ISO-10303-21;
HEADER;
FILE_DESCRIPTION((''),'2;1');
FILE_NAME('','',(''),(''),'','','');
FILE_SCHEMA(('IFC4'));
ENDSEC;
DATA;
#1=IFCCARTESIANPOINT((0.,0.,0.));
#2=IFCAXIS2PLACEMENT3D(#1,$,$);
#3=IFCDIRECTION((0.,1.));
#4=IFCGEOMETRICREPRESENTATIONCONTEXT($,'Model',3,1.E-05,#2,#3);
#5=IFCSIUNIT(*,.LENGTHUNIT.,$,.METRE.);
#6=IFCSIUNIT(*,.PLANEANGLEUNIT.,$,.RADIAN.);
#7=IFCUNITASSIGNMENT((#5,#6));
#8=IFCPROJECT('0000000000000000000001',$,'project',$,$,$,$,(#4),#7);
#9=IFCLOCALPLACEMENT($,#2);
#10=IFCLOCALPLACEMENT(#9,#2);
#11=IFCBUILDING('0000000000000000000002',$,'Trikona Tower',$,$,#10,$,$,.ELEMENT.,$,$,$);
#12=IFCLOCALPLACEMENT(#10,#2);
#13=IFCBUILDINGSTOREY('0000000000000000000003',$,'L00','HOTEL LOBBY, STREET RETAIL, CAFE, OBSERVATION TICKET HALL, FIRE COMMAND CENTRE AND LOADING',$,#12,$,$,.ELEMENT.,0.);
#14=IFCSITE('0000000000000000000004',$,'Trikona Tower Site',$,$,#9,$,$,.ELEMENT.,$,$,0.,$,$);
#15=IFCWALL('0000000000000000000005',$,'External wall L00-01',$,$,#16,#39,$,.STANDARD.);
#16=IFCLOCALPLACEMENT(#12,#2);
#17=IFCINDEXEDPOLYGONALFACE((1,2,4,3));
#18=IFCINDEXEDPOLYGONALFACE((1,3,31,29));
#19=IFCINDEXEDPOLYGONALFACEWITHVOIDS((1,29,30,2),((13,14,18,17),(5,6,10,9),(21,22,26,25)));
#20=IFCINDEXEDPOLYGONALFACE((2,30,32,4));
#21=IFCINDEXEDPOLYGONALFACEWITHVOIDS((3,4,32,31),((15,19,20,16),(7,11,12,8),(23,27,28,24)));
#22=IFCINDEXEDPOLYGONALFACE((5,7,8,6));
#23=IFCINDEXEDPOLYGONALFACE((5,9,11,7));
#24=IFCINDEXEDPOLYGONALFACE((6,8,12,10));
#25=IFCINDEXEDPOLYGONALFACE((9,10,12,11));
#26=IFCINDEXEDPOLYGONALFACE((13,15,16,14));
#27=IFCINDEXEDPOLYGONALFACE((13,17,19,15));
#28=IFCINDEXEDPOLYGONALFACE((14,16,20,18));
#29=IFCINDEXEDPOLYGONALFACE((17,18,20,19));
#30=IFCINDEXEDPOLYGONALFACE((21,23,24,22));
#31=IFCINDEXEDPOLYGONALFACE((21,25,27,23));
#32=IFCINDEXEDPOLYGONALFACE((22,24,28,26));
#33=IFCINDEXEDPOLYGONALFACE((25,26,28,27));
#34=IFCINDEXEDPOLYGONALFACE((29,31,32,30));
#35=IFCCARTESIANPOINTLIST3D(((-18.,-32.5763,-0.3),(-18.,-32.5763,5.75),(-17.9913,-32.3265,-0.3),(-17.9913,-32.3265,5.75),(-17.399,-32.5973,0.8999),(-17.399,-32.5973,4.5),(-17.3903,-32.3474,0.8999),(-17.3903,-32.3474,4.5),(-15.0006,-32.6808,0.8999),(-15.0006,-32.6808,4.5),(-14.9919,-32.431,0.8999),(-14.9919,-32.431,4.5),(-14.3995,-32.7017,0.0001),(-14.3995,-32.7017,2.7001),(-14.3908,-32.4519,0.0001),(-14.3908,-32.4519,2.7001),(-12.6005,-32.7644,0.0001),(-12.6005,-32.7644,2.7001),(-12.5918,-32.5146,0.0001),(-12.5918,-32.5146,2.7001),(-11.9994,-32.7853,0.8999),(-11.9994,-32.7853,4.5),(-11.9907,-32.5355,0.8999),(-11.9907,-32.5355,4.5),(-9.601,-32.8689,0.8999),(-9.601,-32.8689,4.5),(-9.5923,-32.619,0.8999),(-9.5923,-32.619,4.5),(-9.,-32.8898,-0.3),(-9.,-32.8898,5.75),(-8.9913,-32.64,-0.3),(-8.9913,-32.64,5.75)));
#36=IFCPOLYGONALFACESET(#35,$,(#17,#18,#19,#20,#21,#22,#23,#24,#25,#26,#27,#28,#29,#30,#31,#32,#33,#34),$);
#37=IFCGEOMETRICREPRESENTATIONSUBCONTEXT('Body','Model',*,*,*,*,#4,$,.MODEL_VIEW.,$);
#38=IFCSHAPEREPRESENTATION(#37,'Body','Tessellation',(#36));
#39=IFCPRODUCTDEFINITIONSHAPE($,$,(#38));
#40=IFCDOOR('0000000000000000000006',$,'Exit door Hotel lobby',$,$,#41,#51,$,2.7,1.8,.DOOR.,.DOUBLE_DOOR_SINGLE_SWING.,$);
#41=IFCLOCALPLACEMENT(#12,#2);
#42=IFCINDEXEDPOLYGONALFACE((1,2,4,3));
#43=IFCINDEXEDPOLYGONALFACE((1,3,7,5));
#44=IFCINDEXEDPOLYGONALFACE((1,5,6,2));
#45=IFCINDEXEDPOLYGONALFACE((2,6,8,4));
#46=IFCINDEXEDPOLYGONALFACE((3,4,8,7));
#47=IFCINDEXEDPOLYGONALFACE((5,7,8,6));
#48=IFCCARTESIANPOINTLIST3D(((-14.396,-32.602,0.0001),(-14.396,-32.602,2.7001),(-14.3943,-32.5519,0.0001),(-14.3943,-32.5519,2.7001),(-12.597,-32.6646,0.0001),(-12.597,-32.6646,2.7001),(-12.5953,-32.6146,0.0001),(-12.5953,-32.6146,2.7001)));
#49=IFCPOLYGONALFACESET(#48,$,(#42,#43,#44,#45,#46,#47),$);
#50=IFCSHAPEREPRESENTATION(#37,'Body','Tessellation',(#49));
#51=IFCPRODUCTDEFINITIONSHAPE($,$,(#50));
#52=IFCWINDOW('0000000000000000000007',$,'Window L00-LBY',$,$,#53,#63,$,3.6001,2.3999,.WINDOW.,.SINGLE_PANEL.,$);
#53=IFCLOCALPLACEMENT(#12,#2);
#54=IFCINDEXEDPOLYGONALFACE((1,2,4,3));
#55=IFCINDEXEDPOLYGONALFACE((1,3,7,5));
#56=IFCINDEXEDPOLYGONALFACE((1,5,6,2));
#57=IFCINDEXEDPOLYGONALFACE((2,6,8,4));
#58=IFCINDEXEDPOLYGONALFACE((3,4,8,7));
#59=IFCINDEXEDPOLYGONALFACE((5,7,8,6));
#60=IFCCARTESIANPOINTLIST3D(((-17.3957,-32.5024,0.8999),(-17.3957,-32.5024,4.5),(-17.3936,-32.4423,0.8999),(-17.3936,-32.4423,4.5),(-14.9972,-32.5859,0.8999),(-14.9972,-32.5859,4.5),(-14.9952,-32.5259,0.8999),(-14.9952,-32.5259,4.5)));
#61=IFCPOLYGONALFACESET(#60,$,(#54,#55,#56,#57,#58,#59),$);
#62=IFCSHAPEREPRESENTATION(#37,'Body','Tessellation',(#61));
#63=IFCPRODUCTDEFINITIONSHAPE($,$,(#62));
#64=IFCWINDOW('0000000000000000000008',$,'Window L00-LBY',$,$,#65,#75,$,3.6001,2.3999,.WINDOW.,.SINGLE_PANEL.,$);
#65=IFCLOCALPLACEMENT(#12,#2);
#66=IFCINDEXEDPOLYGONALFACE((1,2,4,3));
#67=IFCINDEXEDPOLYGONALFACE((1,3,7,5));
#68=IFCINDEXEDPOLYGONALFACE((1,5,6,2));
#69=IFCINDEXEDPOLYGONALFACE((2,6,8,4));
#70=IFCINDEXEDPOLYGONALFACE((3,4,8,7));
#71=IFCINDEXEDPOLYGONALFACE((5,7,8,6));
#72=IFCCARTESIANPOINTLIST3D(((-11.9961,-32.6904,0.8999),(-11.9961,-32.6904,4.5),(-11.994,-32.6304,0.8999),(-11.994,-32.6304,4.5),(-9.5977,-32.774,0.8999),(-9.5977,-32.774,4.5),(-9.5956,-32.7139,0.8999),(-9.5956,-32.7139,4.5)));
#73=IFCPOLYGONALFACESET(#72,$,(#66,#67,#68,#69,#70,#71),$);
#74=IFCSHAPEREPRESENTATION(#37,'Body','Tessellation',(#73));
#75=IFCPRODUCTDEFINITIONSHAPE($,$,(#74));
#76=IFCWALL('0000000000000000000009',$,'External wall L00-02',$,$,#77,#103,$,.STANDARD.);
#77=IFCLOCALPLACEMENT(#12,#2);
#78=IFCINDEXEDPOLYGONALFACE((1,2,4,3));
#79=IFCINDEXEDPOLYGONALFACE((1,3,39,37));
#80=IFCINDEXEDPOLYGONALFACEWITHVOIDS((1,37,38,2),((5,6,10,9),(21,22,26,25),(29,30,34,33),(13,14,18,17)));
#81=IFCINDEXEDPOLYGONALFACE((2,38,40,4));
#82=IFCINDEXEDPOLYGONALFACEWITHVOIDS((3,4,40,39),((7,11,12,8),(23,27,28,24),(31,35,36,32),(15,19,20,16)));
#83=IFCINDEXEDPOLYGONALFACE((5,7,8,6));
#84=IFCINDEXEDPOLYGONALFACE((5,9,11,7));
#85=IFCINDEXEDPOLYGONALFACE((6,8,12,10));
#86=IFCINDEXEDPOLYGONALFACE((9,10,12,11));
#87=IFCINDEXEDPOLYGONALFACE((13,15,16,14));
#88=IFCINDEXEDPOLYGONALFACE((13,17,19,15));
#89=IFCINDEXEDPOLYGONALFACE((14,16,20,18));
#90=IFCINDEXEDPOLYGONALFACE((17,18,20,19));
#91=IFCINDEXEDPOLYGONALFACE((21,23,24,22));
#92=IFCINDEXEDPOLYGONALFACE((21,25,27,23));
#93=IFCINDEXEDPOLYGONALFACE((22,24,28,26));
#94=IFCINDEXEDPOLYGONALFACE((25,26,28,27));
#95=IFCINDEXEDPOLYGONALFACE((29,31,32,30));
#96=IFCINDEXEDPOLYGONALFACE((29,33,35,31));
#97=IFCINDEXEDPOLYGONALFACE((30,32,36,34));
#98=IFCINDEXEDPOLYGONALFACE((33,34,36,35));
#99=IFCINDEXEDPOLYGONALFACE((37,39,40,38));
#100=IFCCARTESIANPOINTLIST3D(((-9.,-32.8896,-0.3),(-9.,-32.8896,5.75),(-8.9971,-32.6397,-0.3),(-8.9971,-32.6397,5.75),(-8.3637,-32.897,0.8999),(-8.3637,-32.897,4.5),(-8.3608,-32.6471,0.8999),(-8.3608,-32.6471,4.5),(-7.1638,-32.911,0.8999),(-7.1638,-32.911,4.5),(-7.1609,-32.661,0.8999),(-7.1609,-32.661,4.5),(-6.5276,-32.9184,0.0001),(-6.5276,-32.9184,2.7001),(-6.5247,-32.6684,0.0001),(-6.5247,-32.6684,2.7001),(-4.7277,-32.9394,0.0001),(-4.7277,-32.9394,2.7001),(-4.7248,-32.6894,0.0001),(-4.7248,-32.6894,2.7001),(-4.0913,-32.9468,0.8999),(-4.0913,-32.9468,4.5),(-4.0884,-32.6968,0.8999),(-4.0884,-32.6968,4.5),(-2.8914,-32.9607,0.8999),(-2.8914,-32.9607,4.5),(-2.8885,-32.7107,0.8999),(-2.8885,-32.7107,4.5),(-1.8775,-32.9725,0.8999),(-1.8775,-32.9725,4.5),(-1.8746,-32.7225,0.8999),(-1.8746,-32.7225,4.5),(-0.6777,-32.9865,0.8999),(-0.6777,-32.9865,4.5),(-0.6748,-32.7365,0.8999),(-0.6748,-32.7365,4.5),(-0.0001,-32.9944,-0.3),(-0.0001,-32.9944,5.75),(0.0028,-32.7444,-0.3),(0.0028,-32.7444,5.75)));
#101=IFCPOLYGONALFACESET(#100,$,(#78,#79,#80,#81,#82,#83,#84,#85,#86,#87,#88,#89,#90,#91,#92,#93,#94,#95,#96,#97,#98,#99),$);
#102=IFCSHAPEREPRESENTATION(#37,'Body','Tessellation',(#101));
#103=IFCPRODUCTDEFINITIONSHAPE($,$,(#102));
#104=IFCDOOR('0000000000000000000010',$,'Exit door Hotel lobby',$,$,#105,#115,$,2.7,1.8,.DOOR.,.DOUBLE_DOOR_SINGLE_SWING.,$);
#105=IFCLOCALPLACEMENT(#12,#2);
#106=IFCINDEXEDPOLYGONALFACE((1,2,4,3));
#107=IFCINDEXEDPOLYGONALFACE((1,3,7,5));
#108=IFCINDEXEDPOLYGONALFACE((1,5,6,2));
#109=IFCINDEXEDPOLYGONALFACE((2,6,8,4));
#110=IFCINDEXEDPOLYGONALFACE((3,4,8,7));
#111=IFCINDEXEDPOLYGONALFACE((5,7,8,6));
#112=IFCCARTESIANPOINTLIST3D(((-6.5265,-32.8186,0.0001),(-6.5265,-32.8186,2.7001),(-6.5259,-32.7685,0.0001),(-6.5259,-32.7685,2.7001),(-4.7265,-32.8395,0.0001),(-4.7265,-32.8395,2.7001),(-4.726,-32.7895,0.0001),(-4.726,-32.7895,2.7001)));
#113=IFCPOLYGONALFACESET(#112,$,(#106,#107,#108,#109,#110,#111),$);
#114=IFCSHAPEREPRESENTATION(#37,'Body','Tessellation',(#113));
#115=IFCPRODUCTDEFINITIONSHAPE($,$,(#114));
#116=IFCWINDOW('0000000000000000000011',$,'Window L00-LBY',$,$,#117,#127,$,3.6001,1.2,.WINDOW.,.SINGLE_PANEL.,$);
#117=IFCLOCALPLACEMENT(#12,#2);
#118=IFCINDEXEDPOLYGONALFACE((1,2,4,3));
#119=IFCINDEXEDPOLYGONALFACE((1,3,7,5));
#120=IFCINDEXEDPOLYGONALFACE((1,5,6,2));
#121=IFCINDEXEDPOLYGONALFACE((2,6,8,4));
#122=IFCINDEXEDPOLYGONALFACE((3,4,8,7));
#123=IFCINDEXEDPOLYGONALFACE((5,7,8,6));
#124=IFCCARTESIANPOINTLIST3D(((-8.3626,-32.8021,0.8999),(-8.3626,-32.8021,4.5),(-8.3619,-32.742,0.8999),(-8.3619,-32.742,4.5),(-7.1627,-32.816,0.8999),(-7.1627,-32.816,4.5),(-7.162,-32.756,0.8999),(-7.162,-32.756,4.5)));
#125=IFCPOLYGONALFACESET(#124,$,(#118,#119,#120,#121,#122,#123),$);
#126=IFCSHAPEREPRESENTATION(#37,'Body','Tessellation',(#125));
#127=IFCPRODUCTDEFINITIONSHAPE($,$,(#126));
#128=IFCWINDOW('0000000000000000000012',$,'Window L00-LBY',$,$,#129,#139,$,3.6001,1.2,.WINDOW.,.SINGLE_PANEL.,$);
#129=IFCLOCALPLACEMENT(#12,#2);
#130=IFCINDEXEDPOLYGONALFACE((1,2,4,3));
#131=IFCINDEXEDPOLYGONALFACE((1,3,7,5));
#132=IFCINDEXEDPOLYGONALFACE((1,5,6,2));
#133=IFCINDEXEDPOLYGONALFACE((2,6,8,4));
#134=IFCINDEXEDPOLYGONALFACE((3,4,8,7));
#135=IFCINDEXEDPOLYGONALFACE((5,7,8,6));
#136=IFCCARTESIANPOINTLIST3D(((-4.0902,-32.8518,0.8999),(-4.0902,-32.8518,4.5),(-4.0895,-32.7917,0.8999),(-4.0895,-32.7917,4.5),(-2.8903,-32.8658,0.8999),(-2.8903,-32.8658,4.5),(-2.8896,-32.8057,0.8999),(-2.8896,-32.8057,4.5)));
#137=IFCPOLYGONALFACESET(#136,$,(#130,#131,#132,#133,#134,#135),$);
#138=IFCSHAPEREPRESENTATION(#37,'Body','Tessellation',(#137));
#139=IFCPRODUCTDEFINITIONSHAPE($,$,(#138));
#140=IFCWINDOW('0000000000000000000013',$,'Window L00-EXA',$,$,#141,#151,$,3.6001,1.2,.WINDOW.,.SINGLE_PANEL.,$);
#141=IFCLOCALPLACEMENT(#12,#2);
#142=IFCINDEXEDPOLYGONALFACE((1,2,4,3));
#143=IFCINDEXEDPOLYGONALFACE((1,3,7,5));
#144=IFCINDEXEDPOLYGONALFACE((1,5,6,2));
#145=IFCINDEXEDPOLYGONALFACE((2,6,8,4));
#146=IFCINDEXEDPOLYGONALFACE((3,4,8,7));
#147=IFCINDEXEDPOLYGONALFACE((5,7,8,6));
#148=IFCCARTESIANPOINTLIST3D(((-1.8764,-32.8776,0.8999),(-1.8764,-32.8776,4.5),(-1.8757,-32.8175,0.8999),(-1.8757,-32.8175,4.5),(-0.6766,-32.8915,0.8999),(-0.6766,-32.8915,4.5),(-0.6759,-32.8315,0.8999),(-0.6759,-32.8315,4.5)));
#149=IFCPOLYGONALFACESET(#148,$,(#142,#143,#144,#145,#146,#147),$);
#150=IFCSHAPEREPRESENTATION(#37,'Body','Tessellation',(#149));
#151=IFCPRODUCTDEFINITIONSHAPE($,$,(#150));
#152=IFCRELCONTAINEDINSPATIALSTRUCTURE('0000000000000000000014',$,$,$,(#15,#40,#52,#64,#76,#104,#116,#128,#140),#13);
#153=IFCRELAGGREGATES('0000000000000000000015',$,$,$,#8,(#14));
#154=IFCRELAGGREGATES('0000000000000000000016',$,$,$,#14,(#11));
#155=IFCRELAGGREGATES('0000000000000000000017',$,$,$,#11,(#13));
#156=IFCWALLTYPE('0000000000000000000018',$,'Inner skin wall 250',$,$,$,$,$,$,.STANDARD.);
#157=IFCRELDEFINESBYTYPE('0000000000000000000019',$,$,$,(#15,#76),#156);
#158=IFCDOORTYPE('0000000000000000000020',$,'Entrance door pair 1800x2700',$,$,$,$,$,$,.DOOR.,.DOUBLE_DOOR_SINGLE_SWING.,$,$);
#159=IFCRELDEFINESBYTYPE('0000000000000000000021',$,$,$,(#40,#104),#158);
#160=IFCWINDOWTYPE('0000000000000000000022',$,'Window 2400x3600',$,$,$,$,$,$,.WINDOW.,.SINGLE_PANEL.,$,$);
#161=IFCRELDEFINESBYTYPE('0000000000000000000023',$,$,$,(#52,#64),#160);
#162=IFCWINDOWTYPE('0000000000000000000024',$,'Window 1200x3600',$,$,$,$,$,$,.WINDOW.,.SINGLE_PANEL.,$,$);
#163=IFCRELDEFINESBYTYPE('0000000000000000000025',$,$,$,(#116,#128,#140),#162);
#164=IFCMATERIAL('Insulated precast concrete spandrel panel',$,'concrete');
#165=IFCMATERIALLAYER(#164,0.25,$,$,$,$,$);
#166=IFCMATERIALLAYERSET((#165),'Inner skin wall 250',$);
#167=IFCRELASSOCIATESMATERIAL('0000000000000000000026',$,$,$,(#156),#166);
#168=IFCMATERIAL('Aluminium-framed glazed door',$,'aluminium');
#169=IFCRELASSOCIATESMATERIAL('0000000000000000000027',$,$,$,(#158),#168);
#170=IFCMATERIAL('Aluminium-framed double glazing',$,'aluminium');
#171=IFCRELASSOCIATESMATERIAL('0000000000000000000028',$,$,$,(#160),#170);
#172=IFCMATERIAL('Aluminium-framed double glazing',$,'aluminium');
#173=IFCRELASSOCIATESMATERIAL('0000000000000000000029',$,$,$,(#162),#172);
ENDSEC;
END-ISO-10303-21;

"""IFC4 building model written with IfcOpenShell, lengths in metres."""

from ifc_helpers import new_model, si_unit, direction, frame, frame_2d, origin, place, context, subcontext, project, spatial, rectangle, extrude, material, layer, layer_set, type_object, element, fill, save


model = new_model("IFC4")

# Units and contexts
model_context = context("Model", 3, precision=1e-05, world=origin(), true_north=direction((0.0, 1.0)))
body_context = subcontext(model_context, "Body", "Model", "MODEL_VIEW")
ifc_project = project(units=[si_unit("LENGTHUNIT", "METRE"), si_unit("PLANEANGLEUNIT", "RADIAN")], contexts=[model_context])

# Site, building, storey
site_placement = place(None, origin())
site = spatial("IfcSite", under=ifc_project, at=site_placement, Name="Trikona Tower Site", CompositionType="ELEMENT", RefElevation=0.0)
building_placement = place(site_placement, origin())
building = spatial("IfcBuilding", under=site, at=building_placement, Name="Trikona Tower", CompositionType="ELEMENT")
storey_placement = place(building_placement, origin())
storey = spatial("IfcBuildingStorey", under=building, at=storey_placement, Name="L00", Description="HOTEL LOBBY, STREET RETAIL, CAFE, OBSERVATION TICKET HALL, FIRE COMMAND CENTRE AND LOADING", CompositionType="ELEMENT", Elevation=0.0)

# Walls, openings, doors, windows
ifc_material_1 = material(Name="Insulated precast concrete spandrel panel", Category="concrete")
ifc_layer = layer(ifc_material_1, 0.25)
ifc_layer_set = layer_set([ifc_layer], Name="Inner skin wall 250")
wall_type = type_object("IfcWallType", Name="Inner skin wall 250", PredefinedType="STANDARD", material=ifc_layer_set)
wall_1_placement = place(storey_placement, frame((-17.9956, -32.4514, -0.3), z_axis=(0.0, 0.0, 1.0), x_axis=(0.999394, -0.03481, 0.0)))
wall_1 = element("IfcWall", 1, at=wall_1_placement, inside=storey, type_object=wall_type, Name="External wall L00-01", PredefinedType="STANDARD", context=body_context, shape_type="SweptSolid", body=[
    extrude(rectangle(XDim=9.0054, YDim=0.25, at=frame_2d((4.5027, 0.0))), origin(), (0.0, 0.0, 1.0), 6.05),
])
opening_1_placement = place(wall_1_placement, frame((3.6028, 0.0, 0.3)))
opening_1 = element("IfcOpeningElement", 2, at=opening_1_placement, cuts=wall_1, PredefinedType="OPENING", context=body_context, shape_type="SweptSolid", body=[
    extrude(rectangle(XDim=1.8, YDim=2.7, at=frame_2d((0.8999, 1.3501))), frame((0.0, 0.135, 0.0), z_axis=(0.0, -1.0, 0.0), x_axis=(1.0, 0.0, 0.0)), (0.0, 0.0, 1.0), 0.27),
])
opening_2_placement = place(wall_1_placement, frame((0.6013, 0.0, 1.2)))
opening_2 = element("IfcOpeningElement", 3, at=opening_2_placement, cuts=wall_1, PredefinedType="OPENING", context=body_context, shape_type="SweptSolid", body=[
    extrude(rectangle(XDim=2.3999, YDim=3.6001, at=frame_2d((1.2, 1.8))), frame((0.0, 0.135, 0.0), z_axis=(0.0, -1.0, 0.0), x_axis=(1.0, 0.0, 0.0)), (0.0, 0.0, 1.0), 0.27),
])
opening_3_placement = place(wall_1_placement, frame((6.0042, 0.0, 1.2)))
opening_3 = element("IfcOpeningElement", 4, at=opening_3_placement, cuts=wall_1, PredefinedType="OPENING", context=body_context, shape_type="SweptSolid", body=[
    extrude(rectangle(XDim=2.3999, YDim=3.6001, at=frame_2d((1.2, 1.8))), frame((0.0, 0.135, 0.0), z_axis=(0.0, -1.0, 0.0), x_axis=(1.0, 0.0, 0.0)), (0.0, 0.0, 1.0), 0.27),
])
ifc_material_2 = material(Name="Aluminium-framed glazed door", Category="aluminium")
door_type = type_object("IfcDoorType", Name="Entrance door pair 1800x2700", OperationType="DOUBLE_DOOR_SINGLE_SWING", PredefinedType="DOOR", material=ifc_material_2)
door_1_placement = place(opening_1_placement, origin())
door_1 = element("IfcDoor", 5, at=door_1_placement, inside=storey, type_object=door_type, Name="Exit door Hotel lobby", OperationType="DOUBLE_DOOR_SINGLE_SWING", OverallHeight=2.7, OverallWidth=1.8, PredefinedType="DOOR", context=body_context, shape_type="SweptSolid", body=[
    extrude(rectangle(XDim=1.8, YDim=2.7, at=frame_2d((0.8999, 1.3501))), frame((0.0, 0.0249, 0.0), z_axis=(0.0, -1.0, 0.0), x_axis=(1.0, 0.0, 0.0)), (0.0, 0.0, 1.0), 0.05),
])
fill(opening_1, door_1)
ifc_material_3 = material(Name="Aluminium-framed double glazing", Category="aluminium")
window_type_1 = type_object("IfcWindowType", Name="Window 2400x3600", PartitioningType="SINGLE_PANEL", PredefinedType="WINDOW", material=ifc_material_3)
window_1_placement = place(opening_2_placement, origin())
window_1 = element("IfcWindow", 6, at=window_1_placement, inside=storey, type_object=window_type_1, Name="Window L00-LBY", OverallHeight=3.6001, OverallWidth=2.3999, PartitioningType="SINGLE_PANEL", PredefinedType="WINDOW", context=body_context, shape_type="SweptSolid", body=[
    extrude(rectangle(XDim=2.3999, YDim=3.6001, at=frame_2d((1.2, 1.8))), frame((0.0, 0.03, 0.0), z_axis=(0.0, -1.0, 0.0), x_axis=(1.0, 0.0, 0.0)), (0.0, 0.0, 1.0), 0.0601),
])
fill(opening_2, window_1)
window_2_placement = place(opening_3_placement, origin())
window_2 = element("IfcWindow", 7, at=window_2_placement, inside=storey, type_object=window_type_1, Name="Window L00-LBY", OverallHeight=3.6001, OverallWidth=2.3999, PartitioningType="SINGLE_PANEL", PredefinedType="WINDOW", context=body_context, shape_type="SweptSolid", body=[
    extrude(rectangle(XDim=2.3999, YDim=3.6001, at=frame_2d((1.2, 1.8))), frame((0.0, 0.03, 0.0), z_axis=(0.0, -1.0, 0.0), x_axis=(1.0, 0.0, 0.0)), (0.0, 0.0, 1.0), 0.0601),
])
fill(opening_3, window_2)
wall_2_placement = place(storey_placement, frame((-8.9985, -32.7646, -0.3), z_axis=(0.0, 0.0, 1.0), x_axis=(0.999932, -0.011637, 0.0)))
wall_2 = element("IfcWall", 8, at=wall_2_placement, inside=storey, type_object=wall_type, Name="External wall L00-02", PredefinedType="STANDARD", context=body_context, shape_type="SweptSolid", body=[
    extrude(rectangle(XDim=9.0005, YDim=0.25, at=frame_2d((4.5002, 0.0))), origin(), (0.0, 0.0, 1.0), 6.05),
])
opening_4_placement = place(wall_2_placement, frame((2.4727, 0.0, 0.3)))
opening_4 = element("IfcOpeningElement", 9, at=opening_4_placement, cuts=wall_2, PredefinedType="OPENING", context=body_context, shape_type="SweptSolid", body=[
    extrude(rectangle(XDim=1.8, YDim=2.7, at=frame_2d((0.8999, 1.3501))), frame((0.0, 0.135, 0.0), z_axis=(0.0, -1.0, 0.0), x_axis=(1.0, 0.0, 0.0)), (0.0, 0.0, 1.0), 0.27),
])
opening_5_placement = place(wall_2_placement, frame((0.6362, 0.0, 1.2)))
opening_5 = element("IfcOpeningElement", 10, at=opening_5_placement, cuts=wall_2, PredefinedType="OPENING", context=body_context, shape_type="SweptSolid", body=[
    extrude(rectangle(XDim=1.2, YDim=3.6001, at=frame_2d((0.6001, 1.8))), frame((0.0, 0.135, 0.0), z_axis=(0.0, -1.0, 0.0), x_axis=(1.0, 0.0, 0.0)), (0.0, 0.0, 1.0), 0.27),
])
opening_6_placement = place(wall_2_placement, frame((4.9089, 0.0, 1.2)))
opening_6 = element("IfcOpeningElement", 11, at=opening_6_placement, cuts=wall_2, PredefinedType="OPENING", context=body_context, shape_type="SweptSolid", body=[
    extrude(rectangle(XDim=1.2, YDim=3.6001, at=frame_2d((0.6001, 1.8))), frame((0.0, 0.135, 0.0), z_axis=(0.0, -1.0, 0.0), x_axis=(1.0, 0.0, 0.0)), (0.0, 0.0, 1.0), 0.27),
])
opening_7_placement = place(wall_2_placement, frame((7.1228, 0.0, 1.2)))
opening_7 = element("IfcOpeningElement", 12, at=opening_7_placement, cuts=wall_2, PredefinedType="OPENING", context=body_context, shape_type="SweptSolid", body=[
    extrude(rectangle(XDim=1.2, YDim=3.6001, at=frame_2d((0.6001, 1.8))), frame((0.0, 0.135, 0.0), z_axis=(0.0, -1.0, 0.0), x_axis=(1.0, 0.0, 0.0)), (0.0, 0.0, 1.0), 0.27),
])
door_2_placement = place(opening_4_placement, origin())
door_2 = element("IfcDoor", 13, at=door_2_placement, inside=storey, type_object=door_type, Name="Exit door Hotel lobby", OperationType="DOUBLE_DOOR_SINGLE_SWING", OverallHeight=2.7, OverallWidth=1.8, PredefinedType="DOOR", context=body_context, shape_type="SweptSolid", body=[
    extrude(rectangle(XDim=1.8, YDim=2.7, at=frame_2d((0.8999, 1.3501))), frame((0.0, 0.0249, 0.0), z_axis=(0.0, -1.0, 0.0), x_axis=(1.0, 0.0, 0.0)), (0.0, 0.0, 1.0), 0.05),
])
fill(opening_4, door_2)
ifc_material_4 = material(Name="Aluminium-framed double glazing", Category="aluminium")
window_type_2 = type_object("IfcWindowType", Name="Window 1200x3600", PartitioningType="SINGLE_PANEL", PredefinedType="WINDOW", material=ifc_material_4)
window_3_placement = place(opening_5_placement, origin())
window_3 = element("IfcWindow", 14, at=window_3_placement, inside=storey, type_object=window_type_2, Name="Window L00-LBY", OverallHeight=3.6001, OverallWidth=1.2, PartitioningType="SINGLE_PANEL", PredefinedType="WINDOW", context=body_context, shape_type="SweptSolid", body=[
    extrude(rectangle(XDim=1.2, YDim=3.6001, at=frame_2d((0.6001, 1.8))), frame((0.0, 0.03, 0.0), z_axis=(0.0, -1.0, 0.0), x_axis=(1.0, 0.0, 0.0)), (0.0, 0.0, 1.0), 0.0601),
])
fill(opening_5, window_3)
window_4_placement = place(opening_6_placement, origin())
window_4 = element("IfcWindow", 15, at=window_4_placement, inside=storey, type_object=window_type_2, Name="Window L00-LBY", OverallHeight=3.6001, OverallWidth=1.2, PartitioningType="SINGLE_PANEL", PredefinedType="WINDOW", context=body_context, shape_type="SweptSolid", body=[
    extrude(rectangle(XDim=1.2, YDim=3.6001, at=frame_2d((0.6001, 1.8))), frame((0.0, 0.03, 0.0), z_axis=(0.0, -1.0, 0.0), x_axis=(1.0, 0.0, 0.0)), (0.0, 0.0, 1.0), 0.0601),
])
fill(opening_6, window_4)
window_5_placement = place(opening_7_placement, origin())
window_5 = element("IfcWindow", 16, at=window_5_placement, inside=storey, type_object=window_type_2, Name="Window L00-EXA", OverallHeight=3.6001, OverallWidth=1.2, PartitioningType="SINGLE_PANEL", PredefinedType="WINDOW", context=body_context, shape_type="SweptSolid", body=[
    extrude(rectangle(XDim=1.2, YDim=3.6001, at=frame_2d((0.6001, 1.8))), frame((0.0, 0.03, 0.0), z_axis=(0.0, -1.0, 0.0), x_axis=(1.0, 0.0, 0.0)), (0.0, 0.0, 1.0), 0.0601),
])
fill(opening_7, window_5)

save(model, "model.ifc")
